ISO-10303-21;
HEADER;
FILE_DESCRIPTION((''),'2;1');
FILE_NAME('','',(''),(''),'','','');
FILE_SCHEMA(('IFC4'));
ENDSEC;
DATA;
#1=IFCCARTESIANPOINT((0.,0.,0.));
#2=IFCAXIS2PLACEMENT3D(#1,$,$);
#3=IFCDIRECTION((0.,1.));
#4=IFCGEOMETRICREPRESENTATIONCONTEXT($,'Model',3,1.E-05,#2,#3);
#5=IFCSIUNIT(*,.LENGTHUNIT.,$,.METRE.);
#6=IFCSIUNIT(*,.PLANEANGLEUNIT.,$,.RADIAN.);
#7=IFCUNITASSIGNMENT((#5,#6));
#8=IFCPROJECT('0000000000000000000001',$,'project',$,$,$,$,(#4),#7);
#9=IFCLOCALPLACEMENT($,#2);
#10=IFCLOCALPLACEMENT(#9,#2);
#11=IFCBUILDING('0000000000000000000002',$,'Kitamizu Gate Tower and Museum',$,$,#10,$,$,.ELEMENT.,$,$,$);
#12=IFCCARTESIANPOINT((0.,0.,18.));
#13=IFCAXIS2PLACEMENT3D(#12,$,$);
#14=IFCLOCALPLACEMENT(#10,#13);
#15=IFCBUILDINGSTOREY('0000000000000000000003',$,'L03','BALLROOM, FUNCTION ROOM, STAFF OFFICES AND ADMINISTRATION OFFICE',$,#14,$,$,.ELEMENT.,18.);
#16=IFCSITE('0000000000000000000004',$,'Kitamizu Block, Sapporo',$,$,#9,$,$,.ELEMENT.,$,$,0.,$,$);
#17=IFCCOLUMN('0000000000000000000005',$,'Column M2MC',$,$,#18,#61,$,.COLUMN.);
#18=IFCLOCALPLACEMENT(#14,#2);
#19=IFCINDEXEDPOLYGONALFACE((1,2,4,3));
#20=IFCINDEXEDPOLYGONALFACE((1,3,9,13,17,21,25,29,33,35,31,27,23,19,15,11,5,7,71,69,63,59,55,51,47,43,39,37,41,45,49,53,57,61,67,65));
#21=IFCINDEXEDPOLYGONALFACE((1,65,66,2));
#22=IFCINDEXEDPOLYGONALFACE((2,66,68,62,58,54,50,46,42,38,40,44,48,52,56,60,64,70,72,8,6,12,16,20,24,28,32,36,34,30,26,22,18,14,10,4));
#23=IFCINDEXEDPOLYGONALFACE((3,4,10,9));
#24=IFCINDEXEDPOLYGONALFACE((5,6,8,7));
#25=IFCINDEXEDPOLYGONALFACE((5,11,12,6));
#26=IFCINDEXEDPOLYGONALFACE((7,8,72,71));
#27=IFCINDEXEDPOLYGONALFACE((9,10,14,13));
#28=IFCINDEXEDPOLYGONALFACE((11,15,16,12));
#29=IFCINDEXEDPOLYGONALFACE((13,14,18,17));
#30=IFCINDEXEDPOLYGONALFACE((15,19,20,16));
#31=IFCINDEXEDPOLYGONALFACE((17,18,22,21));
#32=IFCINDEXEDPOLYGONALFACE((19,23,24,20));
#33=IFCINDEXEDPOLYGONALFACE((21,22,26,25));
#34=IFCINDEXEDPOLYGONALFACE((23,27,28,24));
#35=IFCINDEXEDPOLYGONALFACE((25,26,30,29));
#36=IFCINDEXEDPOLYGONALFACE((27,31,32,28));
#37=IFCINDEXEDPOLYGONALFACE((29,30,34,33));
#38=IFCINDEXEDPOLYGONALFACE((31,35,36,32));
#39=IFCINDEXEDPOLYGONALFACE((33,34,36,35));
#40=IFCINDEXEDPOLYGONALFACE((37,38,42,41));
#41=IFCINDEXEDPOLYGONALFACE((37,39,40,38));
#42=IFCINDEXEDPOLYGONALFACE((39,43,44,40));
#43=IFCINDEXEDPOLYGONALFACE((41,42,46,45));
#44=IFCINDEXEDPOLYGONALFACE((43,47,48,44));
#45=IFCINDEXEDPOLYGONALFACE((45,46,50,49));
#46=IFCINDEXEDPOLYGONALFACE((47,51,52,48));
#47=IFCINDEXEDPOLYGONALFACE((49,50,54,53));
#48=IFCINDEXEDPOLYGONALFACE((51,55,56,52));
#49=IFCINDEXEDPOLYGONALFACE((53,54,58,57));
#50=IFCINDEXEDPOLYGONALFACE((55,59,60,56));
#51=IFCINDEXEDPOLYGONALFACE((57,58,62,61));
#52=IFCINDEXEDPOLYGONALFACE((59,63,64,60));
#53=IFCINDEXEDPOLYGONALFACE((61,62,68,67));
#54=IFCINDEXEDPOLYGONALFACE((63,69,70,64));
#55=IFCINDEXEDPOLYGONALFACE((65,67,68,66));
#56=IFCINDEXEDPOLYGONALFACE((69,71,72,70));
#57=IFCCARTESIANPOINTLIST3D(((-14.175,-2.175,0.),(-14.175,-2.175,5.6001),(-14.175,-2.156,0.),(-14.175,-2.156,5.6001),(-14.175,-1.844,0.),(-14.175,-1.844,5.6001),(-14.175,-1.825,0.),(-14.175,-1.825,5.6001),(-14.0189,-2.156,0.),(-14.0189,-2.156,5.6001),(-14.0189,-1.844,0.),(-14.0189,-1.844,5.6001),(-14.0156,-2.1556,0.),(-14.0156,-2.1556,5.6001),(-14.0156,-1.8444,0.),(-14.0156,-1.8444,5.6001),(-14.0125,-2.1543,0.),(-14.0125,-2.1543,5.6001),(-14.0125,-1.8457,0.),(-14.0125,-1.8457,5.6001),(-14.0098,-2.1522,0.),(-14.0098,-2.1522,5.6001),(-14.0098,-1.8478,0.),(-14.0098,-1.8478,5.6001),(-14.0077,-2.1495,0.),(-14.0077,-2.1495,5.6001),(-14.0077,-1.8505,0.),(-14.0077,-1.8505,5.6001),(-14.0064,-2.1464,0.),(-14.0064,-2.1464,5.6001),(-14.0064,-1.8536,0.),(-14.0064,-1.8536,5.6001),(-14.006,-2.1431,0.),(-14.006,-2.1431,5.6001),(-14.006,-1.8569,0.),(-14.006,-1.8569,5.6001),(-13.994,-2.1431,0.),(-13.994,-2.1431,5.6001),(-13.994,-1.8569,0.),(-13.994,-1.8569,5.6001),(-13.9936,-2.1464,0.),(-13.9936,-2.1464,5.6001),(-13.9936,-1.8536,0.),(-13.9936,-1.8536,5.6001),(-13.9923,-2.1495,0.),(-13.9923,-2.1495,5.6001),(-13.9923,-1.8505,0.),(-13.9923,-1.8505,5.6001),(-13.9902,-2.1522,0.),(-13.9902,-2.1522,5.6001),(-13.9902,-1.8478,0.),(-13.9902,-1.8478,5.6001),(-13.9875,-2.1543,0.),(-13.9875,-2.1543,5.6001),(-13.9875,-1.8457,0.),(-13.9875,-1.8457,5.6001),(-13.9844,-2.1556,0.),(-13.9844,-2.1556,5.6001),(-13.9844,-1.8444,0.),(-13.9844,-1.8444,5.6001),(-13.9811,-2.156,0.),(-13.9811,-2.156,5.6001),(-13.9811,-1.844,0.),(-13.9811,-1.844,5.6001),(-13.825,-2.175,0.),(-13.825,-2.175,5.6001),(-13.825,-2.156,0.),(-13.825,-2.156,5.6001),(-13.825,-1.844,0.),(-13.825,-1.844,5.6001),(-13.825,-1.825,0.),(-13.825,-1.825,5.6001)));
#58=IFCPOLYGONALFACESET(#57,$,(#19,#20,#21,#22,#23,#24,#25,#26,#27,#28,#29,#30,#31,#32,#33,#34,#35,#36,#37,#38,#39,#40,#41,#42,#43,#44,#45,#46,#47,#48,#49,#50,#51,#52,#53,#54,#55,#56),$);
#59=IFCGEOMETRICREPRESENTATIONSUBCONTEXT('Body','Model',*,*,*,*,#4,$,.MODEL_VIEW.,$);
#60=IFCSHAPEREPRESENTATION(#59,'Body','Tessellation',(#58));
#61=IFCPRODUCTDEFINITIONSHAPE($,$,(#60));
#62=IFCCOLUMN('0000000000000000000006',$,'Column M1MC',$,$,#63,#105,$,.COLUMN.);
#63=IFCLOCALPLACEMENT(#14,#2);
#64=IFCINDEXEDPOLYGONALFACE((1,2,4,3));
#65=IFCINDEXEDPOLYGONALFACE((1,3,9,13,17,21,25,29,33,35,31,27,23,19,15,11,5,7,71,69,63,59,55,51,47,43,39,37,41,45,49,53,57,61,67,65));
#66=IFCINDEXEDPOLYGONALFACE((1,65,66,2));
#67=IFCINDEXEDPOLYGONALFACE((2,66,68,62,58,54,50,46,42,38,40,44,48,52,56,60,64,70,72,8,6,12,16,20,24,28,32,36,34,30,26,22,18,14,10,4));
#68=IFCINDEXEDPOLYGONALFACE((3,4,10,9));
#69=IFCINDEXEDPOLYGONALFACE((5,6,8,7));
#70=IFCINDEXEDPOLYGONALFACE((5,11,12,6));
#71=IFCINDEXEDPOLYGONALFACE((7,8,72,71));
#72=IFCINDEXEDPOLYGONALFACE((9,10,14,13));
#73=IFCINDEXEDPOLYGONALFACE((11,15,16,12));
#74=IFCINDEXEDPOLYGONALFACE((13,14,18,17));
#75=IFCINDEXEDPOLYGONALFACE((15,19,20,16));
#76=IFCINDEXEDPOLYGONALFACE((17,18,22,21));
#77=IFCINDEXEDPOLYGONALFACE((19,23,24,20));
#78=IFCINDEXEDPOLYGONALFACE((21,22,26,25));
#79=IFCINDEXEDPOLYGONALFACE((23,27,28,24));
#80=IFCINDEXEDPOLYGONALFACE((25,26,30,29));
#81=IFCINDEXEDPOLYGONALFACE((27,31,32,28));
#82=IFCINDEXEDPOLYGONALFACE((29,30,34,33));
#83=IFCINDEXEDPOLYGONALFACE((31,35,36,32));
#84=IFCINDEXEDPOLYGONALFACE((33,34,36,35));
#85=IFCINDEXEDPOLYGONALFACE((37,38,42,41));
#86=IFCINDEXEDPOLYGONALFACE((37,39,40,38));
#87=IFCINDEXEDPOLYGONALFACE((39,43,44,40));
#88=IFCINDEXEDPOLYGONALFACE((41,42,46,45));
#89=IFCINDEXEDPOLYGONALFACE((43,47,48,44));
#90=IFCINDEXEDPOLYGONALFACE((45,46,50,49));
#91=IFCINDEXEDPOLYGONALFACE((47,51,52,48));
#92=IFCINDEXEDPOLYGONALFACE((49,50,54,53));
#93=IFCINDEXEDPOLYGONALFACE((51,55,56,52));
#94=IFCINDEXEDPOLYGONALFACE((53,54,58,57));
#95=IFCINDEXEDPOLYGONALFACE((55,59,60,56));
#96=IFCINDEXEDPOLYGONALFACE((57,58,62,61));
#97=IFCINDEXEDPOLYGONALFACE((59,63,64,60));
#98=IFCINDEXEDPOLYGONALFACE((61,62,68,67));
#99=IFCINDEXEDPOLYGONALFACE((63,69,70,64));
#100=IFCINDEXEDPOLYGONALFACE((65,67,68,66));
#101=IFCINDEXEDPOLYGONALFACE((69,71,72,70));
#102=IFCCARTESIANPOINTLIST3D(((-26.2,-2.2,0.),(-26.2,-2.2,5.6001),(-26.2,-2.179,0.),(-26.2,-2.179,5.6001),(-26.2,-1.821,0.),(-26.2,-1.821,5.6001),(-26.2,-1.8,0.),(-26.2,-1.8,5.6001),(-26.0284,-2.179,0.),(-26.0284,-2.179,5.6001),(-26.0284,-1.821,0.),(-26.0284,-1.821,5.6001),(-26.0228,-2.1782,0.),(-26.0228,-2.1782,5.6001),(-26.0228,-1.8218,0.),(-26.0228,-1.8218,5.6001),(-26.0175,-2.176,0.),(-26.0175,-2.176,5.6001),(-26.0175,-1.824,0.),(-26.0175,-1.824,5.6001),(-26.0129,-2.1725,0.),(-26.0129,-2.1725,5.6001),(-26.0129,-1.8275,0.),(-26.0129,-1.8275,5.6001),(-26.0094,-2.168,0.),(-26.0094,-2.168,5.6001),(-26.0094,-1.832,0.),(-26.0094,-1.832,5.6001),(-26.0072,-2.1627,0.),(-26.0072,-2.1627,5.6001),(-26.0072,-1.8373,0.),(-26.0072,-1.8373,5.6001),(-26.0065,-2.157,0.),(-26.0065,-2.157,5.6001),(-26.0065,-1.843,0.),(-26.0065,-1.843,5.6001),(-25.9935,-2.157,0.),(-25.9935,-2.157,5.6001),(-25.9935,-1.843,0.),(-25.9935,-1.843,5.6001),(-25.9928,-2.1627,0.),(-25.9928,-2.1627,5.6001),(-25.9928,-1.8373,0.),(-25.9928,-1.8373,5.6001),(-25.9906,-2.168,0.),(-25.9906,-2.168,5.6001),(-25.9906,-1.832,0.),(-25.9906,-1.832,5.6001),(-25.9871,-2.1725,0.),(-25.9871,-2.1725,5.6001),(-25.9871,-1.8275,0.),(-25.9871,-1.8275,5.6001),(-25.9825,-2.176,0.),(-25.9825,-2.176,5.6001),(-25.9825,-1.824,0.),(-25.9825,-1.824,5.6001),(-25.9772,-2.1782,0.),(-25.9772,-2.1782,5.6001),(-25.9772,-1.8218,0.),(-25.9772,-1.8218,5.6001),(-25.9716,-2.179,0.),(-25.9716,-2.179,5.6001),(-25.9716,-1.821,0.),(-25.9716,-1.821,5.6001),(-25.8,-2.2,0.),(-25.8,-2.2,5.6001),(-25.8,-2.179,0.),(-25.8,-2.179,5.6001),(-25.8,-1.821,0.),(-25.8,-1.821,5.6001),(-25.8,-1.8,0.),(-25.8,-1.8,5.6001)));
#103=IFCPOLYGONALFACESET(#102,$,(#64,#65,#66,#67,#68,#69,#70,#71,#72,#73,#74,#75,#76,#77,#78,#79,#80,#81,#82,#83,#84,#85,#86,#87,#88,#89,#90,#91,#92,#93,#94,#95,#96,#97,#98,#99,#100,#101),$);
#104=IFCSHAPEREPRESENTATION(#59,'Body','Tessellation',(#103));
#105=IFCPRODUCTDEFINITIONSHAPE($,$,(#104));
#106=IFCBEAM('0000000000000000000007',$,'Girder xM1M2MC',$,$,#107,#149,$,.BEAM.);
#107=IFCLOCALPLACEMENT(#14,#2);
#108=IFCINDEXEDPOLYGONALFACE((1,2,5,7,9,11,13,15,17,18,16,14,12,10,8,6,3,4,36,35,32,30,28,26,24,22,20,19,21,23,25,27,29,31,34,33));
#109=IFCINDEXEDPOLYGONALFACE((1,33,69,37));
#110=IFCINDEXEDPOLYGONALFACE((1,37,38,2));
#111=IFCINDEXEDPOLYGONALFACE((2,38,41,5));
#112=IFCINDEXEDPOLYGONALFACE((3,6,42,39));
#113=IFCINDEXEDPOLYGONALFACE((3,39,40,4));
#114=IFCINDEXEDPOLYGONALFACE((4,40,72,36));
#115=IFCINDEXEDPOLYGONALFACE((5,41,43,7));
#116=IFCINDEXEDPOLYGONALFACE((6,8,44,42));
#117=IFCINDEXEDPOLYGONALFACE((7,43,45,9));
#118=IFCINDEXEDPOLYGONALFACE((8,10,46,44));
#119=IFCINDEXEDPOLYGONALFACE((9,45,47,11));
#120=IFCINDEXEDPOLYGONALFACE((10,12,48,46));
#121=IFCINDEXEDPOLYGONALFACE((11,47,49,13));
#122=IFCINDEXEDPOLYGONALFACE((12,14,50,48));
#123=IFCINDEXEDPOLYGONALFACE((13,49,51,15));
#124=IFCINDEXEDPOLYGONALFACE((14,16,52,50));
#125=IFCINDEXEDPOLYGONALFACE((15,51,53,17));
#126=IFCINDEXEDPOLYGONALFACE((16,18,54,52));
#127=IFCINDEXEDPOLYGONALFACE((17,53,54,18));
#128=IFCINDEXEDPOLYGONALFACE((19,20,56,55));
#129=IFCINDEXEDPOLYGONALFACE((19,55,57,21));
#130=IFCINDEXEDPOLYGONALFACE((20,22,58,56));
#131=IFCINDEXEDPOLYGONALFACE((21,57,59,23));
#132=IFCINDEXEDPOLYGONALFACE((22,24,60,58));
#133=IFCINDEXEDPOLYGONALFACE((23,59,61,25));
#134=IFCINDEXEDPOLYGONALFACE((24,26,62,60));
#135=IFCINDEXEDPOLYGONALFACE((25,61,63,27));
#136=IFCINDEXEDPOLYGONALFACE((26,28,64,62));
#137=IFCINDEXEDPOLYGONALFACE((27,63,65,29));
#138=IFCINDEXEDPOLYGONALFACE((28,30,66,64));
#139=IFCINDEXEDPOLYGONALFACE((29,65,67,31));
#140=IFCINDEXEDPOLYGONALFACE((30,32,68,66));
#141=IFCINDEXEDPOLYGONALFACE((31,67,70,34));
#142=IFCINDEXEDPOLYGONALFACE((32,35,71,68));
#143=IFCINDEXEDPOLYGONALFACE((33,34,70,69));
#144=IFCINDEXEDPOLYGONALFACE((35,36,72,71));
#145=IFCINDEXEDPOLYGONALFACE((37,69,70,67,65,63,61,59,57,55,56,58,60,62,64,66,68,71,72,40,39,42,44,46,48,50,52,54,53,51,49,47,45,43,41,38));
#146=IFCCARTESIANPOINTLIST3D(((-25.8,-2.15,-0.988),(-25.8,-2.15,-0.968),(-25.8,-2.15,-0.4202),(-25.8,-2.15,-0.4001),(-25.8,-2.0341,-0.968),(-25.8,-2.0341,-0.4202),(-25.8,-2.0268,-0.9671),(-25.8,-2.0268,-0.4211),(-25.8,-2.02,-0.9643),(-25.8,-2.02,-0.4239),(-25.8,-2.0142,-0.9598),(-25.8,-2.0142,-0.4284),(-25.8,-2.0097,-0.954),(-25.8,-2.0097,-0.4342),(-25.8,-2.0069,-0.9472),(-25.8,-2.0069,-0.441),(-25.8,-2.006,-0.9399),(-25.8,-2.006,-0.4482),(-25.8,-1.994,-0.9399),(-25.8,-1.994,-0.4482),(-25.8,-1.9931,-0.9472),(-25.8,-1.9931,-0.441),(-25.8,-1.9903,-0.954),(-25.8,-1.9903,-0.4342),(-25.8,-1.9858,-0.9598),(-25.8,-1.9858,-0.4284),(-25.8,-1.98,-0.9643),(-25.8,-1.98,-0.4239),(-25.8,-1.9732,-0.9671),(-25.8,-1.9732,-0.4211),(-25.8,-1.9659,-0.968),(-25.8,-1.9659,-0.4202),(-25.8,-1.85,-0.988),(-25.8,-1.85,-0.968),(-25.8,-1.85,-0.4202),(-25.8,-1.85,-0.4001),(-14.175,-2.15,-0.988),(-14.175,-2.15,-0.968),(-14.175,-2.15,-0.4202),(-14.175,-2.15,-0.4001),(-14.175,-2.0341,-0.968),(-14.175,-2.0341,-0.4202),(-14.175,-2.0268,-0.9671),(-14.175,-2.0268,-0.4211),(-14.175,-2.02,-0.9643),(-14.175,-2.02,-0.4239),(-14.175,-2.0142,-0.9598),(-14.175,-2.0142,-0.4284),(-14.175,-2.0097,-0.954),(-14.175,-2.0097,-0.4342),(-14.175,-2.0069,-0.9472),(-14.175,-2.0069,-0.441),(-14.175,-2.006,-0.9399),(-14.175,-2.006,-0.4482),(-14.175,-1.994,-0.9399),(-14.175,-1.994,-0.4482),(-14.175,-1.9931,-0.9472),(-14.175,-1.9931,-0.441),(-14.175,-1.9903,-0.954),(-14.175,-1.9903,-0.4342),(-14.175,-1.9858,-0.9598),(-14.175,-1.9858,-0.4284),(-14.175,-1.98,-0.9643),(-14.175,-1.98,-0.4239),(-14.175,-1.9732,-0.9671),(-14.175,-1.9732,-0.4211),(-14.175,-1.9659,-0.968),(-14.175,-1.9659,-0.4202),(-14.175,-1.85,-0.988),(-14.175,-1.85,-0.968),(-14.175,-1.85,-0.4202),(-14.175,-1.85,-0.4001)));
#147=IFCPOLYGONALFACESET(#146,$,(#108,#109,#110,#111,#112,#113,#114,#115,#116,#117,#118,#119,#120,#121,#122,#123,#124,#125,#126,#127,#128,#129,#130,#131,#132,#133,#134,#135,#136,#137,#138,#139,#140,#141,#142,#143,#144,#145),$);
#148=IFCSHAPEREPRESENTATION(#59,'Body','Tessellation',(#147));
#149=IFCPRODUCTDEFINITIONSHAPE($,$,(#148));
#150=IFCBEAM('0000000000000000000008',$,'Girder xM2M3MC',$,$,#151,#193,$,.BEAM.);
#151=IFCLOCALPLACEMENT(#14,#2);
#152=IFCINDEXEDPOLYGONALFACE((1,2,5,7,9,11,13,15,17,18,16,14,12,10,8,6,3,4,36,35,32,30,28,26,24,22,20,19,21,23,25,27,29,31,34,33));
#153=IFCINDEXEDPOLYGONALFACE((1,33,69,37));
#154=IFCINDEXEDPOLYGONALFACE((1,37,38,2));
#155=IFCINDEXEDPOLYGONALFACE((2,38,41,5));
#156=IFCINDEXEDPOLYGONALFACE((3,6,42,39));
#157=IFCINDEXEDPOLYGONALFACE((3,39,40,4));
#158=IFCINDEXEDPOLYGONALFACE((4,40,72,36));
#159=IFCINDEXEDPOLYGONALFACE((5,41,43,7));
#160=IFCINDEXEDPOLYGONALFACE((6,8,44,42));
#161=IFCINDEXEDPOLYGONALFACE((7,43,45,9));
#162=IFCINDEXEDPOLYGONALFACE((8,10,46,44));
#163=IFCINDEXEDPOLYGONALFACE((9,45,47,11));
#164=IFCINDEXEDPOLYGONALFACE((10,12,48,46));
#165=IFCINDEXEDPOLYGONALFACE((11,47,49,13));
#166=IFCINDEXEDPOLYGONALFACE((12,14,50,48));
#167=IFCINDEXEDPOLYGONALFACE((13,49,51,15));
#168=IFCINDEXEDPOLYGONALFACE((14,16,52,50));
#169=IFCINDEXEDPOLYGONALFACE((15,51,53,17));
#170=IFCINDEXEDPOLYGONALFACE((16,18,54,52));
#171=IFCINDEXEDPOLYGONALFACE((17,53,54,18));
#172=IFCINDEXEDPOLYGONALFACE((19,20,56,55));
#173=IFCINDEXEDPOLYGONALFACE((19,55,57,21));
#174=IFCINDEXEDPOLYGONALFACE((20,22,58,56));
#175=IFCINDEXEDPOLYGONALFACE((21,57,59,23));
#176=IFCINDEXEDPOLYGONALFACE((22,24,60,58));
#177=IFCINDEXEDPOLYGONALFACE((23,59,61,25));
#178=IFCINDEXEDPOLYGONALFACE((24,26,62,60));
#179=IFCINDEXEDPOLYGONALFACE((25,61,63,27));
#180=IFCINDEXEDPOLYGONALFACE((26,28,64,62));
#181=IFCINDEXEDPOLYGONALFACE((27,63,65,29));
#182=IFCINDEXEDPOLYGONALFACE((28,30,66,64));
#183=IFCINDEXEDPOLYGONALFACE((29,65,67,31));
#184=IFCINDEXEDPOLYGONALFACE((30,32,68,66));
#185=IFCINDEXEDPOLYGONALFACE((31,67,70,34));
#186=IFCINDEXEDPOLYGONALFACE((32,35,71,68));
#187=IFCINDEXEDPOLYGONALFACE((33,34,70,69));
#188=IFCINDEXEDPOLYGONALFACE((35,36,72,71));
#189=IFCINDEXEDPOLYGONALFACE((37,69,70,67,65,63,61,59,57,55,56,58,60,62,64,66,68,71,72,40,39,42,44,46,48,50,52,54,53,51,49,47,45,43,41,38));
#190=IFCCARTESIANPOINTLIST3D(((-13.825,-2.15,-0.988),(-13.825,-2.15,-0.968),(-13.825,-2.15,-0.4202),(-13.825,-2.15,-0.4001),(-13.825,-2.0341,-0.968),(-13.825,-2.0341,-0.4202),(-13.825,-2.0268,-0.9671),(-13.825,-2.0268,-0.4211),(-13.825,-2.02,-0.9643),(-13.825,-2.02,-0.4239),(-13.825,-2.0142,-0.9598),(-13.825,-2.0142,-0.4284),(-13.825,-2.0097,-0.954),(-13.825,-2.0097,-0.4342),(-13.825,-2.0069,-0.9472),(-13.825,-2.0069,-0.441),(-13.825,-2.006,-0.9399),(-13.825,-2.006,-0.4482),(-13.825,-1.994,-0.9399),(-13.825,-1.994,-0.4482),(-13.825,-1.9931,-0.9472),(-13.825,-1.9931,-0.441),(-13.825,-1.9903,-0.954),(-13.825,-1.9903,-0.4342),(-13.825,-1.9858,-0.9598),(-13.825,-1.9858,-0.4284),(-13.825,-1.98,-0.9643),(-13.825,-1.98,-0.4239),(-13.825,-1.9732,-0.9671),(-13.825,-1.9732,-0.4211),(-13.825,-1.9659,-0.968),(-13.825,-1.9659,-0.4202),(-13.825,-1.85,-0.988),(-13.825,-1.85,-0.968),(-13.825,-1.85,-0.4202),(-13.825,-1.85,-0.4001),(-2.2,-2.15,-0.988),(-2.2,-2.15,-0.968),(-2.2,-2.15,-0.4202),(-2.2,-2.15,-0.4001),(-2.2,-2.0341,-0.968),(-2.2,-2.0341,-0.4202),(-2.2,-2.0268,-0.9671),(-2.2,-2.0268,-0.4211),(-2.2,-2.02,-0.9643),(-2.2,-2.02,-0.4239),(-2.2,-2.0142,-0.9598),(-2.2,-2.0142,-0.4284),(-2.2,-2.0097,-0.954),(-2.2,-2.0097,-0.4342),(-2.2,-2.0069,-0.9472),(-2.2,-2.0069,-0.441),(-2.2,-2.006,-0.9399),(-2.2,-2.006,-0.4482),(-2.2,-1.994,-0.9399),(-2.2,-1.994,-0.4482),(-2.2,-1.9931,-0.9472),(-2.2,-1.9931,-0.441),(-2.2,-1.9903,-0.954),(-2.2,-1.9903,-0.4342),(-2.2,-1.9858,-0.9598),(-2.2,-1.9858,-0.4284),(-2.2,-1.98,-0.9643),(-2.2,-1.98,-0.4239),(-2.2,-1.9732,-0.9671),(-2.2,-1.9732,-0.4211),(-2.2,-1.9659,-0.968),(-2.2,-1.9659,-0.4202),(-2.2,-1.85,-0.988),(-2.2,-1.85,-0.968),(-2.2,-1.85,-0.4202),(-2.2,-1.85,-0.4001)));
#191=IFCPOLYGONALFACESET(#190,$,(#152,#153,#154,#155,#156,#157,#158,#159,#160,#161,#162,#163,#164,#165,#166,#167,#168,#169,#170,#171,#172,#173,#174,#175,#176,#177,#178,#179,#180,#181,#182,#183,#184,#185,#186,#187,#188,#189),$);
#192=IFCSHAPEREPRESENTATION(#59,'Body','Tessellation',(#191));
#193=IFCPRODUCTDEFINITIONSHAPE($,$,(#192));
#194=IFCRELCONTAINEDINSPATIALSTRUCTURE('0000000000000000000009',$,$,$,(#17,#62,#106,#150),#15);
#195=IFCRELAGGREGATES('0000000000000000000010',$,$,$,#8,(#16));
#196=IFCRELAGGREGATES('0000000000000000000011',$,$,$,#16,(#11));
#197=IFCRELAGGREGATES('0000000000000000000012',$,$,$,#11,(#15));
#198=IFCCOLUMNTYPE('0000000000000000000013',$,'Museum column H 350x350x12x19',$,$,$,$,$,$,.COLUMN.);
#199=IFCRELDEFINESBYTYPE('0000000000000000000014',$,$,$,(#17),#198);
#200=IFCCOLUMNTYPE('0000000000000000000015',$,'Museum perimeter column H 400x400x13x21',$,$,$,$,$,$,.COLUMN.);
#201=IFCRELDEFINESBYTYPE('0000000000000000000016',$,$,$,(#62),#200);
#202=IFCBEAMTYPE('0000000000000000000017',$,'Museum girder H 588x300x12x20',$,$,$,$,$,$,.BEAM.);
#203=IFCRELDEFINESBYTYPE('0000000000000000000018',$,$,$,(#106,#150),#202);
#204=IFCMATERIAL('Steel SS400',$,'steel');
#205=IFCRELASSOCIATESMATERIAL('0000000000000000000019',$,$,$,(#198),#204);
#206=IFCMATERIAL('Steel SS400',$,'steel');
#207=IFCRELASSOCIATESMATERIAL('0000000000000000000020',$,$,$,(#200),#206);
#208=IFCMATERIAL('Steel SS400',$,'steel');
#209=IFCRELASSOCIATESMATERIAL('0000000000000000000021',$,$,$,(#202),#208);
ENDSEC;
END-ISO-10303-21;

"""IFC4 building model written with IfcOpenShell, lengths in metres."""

from ifc_helpers import new_model, si_unit, direction, frame, origin, origin_2d, place, context, subcontext, project, spatial, i_section, extrude, material, material_profile, profile_set, type_object, element, save


model = new_model("IFC4")

# Units and contexts
model_context = context("Model", 3, precision=1e-05, world=origin(), true_north=direction((0.0, 1.0)))
body_context = subcontext(model_context, "Body", "Model", "MODEL_VIEW")
ifc_project = project(units=[si_unit("LENGTHUNIT", "METRE"), si_unit("PLANEANGLEUNIT", "RADIAN")], contexts=[model_context])

# Site, building, storey
site_placement = place(None, origin())
site = spatial("IfcSite", under=ifc_project, at=site_placement, Name="Kitamizu Block, Sapporo", CompositionType="ELEMENT", RefElevation=0.0)
building_placement = place(site_placement, origin())
building = spatial("IfcBuilding", under=site, at=building_placement, Name="Kitamizu Gate Tower and Museum", CompositionType="ELEMENT")
storey_placement = place(building_placement, frame((0.0, 0.0, 18.0)))
storey = spatial("IfcBuildingStorey", under=building, at=storey_placement, Name="L03", Description="BALLROOM, FUNCTION ROOM, STAFF OFFICES AND ADMINISTRATION OFFICE", CompositionType="ELEMENT", Elevation=18.0)

# Columns
ifc_material_1 = material(Name="Steel SS400", Category="steel")
ifc_material_profile_1 = material_profile(ifc_material_1, i_section(OverallWidth=0.3501, OverallDepth=0.3501, WebThickness=0.012, FlangeThickness=0.019, FilletRadius=0.0129, at=origin_2d()), Name="H-350x350x12x19")
ifc_profile_set_1 = profile_set([ifc_material_profile_1], Name="Steel SS400")
column_type_1 = type_object("IfcColumnType", Name="Museum column H 350x350x12x19", PredefinedType="COLUMN", material=ifc_profile_set_1)
column_1_placement = place(storey_placement, frame((-14.0, -2.0, 0.0), z_axis=(0.0, 0.0, 1.0), x_axis=(1.0, 0.0, 0.0)))
element("IfcColumn", 1, at=column_1_placement, inside=storey, type_object=column_type_1, Name="Column M2MC", PredefinedType="COLUMN", context=body_context, shape_type="SweptSolid", body=[
    extrude(i_section(OverallWidth=0.3501, OverallDepth=0.3501, WebThickness=0.012, FlangeThickness=0.019, FilletRadius=0.0129, at=origin_2d()), origin(), (0.0, 0.0, 1.0), 5.6001),
])
ifc_material_2 = material(Name="Steel SS400", Category="steel")
ifc_material_profile_2 = material_profile(ifc_material_2, i_section(OverallWidth=0.3999, OverallDepth=0.3999, WebThickness=0.0129, FlangeThickness=0.021, FilletRadius=0.022, at=origin_2d()), Name="H-400x400x13x21")
ifc_profile_set_2 = profile_set([ifc_material_profile_2], Name="Steel SS400")
column_type_2 = type_object("IfcColumnType", Name="Museum perimeter column H 400x400x13x21", PredefinedType="COLUMN", material=ifc_profile_set_2)
column_2_placement = place(storey_placement, frame((-26.0, -2.0, 0.0), z_axis=(0.0, 0.0, 1.0), x_axis=(1.0, 0.0, 0.0)))
element("IfcColumn", 2, at=column_2_placement, inside=storey, type_object=column_type_2, Name="Column M1MC", PredefinedType="COLUMN", context=body_context, shape_type="SweptSolid", body=[
    extrude(i_section(OverallWidth=0.3999, OverallDepth=0.3999, WebThickness=0.0129, FlangeThickness=0.021, FilletRadius=0.022, at=origin_2d()), origin(), (0.0, 0.0, 1.0), 5.6001),
])

# Beams
ifc_material_3 = material(Name="Steel SS400", Category="steel")
ifc_material_profile_3 = material_profile(ifc_material_3, i_section(OverallWidth=0.3, OverallDepth=0.5879, WebThickness=0.012, FlangeThickness=0.02, FilletRadius=0.0281, at=origin_2d()), Name="H-588x300x12x20")
ifc_profile_set_3 = profile_set([ifc_material_profile_3], Name="Steel SS400")
beam_type_1 = type_object("IfcBeamType", Name="Museum girder H 588x300x12x20", PredefinedType="BEAM", material=ifc_profile_set_3)
for number, where, z_axis, x_axis, name in (
    (3, (-25.8, -2.0, -0.6941), (1.0, 0.0, 0.0), (0.0, 1.0, 0.0), "Girder xM1M2MC"),
    (4, (-13.825, -2.0, -0.6941), (1.0, 0.0, 0.0), (0.0, 1.0, 0.0), "Girder xM2M3MC"),
):
    element("IfcBeam", number, at=place(storey_placement, frame(where, z_axis=z_axis, x_axis=x_axis)), inside=storey, type_object=beam_type_1, Name=name, PredefinedType="BEAM", context=body_context, shape_type="SweptSolid", body=[
        extrude(i_section(OverallWidth=0.3, OverallDepth=0.5879, WebThickness=0.012, FlangeThickness=0.02, FilletRadius=0.0281, at=origin_2d()), origin(), (0.0, 0.0, 1.0), 11.625),
    ])

save(model, "model.ifc")
